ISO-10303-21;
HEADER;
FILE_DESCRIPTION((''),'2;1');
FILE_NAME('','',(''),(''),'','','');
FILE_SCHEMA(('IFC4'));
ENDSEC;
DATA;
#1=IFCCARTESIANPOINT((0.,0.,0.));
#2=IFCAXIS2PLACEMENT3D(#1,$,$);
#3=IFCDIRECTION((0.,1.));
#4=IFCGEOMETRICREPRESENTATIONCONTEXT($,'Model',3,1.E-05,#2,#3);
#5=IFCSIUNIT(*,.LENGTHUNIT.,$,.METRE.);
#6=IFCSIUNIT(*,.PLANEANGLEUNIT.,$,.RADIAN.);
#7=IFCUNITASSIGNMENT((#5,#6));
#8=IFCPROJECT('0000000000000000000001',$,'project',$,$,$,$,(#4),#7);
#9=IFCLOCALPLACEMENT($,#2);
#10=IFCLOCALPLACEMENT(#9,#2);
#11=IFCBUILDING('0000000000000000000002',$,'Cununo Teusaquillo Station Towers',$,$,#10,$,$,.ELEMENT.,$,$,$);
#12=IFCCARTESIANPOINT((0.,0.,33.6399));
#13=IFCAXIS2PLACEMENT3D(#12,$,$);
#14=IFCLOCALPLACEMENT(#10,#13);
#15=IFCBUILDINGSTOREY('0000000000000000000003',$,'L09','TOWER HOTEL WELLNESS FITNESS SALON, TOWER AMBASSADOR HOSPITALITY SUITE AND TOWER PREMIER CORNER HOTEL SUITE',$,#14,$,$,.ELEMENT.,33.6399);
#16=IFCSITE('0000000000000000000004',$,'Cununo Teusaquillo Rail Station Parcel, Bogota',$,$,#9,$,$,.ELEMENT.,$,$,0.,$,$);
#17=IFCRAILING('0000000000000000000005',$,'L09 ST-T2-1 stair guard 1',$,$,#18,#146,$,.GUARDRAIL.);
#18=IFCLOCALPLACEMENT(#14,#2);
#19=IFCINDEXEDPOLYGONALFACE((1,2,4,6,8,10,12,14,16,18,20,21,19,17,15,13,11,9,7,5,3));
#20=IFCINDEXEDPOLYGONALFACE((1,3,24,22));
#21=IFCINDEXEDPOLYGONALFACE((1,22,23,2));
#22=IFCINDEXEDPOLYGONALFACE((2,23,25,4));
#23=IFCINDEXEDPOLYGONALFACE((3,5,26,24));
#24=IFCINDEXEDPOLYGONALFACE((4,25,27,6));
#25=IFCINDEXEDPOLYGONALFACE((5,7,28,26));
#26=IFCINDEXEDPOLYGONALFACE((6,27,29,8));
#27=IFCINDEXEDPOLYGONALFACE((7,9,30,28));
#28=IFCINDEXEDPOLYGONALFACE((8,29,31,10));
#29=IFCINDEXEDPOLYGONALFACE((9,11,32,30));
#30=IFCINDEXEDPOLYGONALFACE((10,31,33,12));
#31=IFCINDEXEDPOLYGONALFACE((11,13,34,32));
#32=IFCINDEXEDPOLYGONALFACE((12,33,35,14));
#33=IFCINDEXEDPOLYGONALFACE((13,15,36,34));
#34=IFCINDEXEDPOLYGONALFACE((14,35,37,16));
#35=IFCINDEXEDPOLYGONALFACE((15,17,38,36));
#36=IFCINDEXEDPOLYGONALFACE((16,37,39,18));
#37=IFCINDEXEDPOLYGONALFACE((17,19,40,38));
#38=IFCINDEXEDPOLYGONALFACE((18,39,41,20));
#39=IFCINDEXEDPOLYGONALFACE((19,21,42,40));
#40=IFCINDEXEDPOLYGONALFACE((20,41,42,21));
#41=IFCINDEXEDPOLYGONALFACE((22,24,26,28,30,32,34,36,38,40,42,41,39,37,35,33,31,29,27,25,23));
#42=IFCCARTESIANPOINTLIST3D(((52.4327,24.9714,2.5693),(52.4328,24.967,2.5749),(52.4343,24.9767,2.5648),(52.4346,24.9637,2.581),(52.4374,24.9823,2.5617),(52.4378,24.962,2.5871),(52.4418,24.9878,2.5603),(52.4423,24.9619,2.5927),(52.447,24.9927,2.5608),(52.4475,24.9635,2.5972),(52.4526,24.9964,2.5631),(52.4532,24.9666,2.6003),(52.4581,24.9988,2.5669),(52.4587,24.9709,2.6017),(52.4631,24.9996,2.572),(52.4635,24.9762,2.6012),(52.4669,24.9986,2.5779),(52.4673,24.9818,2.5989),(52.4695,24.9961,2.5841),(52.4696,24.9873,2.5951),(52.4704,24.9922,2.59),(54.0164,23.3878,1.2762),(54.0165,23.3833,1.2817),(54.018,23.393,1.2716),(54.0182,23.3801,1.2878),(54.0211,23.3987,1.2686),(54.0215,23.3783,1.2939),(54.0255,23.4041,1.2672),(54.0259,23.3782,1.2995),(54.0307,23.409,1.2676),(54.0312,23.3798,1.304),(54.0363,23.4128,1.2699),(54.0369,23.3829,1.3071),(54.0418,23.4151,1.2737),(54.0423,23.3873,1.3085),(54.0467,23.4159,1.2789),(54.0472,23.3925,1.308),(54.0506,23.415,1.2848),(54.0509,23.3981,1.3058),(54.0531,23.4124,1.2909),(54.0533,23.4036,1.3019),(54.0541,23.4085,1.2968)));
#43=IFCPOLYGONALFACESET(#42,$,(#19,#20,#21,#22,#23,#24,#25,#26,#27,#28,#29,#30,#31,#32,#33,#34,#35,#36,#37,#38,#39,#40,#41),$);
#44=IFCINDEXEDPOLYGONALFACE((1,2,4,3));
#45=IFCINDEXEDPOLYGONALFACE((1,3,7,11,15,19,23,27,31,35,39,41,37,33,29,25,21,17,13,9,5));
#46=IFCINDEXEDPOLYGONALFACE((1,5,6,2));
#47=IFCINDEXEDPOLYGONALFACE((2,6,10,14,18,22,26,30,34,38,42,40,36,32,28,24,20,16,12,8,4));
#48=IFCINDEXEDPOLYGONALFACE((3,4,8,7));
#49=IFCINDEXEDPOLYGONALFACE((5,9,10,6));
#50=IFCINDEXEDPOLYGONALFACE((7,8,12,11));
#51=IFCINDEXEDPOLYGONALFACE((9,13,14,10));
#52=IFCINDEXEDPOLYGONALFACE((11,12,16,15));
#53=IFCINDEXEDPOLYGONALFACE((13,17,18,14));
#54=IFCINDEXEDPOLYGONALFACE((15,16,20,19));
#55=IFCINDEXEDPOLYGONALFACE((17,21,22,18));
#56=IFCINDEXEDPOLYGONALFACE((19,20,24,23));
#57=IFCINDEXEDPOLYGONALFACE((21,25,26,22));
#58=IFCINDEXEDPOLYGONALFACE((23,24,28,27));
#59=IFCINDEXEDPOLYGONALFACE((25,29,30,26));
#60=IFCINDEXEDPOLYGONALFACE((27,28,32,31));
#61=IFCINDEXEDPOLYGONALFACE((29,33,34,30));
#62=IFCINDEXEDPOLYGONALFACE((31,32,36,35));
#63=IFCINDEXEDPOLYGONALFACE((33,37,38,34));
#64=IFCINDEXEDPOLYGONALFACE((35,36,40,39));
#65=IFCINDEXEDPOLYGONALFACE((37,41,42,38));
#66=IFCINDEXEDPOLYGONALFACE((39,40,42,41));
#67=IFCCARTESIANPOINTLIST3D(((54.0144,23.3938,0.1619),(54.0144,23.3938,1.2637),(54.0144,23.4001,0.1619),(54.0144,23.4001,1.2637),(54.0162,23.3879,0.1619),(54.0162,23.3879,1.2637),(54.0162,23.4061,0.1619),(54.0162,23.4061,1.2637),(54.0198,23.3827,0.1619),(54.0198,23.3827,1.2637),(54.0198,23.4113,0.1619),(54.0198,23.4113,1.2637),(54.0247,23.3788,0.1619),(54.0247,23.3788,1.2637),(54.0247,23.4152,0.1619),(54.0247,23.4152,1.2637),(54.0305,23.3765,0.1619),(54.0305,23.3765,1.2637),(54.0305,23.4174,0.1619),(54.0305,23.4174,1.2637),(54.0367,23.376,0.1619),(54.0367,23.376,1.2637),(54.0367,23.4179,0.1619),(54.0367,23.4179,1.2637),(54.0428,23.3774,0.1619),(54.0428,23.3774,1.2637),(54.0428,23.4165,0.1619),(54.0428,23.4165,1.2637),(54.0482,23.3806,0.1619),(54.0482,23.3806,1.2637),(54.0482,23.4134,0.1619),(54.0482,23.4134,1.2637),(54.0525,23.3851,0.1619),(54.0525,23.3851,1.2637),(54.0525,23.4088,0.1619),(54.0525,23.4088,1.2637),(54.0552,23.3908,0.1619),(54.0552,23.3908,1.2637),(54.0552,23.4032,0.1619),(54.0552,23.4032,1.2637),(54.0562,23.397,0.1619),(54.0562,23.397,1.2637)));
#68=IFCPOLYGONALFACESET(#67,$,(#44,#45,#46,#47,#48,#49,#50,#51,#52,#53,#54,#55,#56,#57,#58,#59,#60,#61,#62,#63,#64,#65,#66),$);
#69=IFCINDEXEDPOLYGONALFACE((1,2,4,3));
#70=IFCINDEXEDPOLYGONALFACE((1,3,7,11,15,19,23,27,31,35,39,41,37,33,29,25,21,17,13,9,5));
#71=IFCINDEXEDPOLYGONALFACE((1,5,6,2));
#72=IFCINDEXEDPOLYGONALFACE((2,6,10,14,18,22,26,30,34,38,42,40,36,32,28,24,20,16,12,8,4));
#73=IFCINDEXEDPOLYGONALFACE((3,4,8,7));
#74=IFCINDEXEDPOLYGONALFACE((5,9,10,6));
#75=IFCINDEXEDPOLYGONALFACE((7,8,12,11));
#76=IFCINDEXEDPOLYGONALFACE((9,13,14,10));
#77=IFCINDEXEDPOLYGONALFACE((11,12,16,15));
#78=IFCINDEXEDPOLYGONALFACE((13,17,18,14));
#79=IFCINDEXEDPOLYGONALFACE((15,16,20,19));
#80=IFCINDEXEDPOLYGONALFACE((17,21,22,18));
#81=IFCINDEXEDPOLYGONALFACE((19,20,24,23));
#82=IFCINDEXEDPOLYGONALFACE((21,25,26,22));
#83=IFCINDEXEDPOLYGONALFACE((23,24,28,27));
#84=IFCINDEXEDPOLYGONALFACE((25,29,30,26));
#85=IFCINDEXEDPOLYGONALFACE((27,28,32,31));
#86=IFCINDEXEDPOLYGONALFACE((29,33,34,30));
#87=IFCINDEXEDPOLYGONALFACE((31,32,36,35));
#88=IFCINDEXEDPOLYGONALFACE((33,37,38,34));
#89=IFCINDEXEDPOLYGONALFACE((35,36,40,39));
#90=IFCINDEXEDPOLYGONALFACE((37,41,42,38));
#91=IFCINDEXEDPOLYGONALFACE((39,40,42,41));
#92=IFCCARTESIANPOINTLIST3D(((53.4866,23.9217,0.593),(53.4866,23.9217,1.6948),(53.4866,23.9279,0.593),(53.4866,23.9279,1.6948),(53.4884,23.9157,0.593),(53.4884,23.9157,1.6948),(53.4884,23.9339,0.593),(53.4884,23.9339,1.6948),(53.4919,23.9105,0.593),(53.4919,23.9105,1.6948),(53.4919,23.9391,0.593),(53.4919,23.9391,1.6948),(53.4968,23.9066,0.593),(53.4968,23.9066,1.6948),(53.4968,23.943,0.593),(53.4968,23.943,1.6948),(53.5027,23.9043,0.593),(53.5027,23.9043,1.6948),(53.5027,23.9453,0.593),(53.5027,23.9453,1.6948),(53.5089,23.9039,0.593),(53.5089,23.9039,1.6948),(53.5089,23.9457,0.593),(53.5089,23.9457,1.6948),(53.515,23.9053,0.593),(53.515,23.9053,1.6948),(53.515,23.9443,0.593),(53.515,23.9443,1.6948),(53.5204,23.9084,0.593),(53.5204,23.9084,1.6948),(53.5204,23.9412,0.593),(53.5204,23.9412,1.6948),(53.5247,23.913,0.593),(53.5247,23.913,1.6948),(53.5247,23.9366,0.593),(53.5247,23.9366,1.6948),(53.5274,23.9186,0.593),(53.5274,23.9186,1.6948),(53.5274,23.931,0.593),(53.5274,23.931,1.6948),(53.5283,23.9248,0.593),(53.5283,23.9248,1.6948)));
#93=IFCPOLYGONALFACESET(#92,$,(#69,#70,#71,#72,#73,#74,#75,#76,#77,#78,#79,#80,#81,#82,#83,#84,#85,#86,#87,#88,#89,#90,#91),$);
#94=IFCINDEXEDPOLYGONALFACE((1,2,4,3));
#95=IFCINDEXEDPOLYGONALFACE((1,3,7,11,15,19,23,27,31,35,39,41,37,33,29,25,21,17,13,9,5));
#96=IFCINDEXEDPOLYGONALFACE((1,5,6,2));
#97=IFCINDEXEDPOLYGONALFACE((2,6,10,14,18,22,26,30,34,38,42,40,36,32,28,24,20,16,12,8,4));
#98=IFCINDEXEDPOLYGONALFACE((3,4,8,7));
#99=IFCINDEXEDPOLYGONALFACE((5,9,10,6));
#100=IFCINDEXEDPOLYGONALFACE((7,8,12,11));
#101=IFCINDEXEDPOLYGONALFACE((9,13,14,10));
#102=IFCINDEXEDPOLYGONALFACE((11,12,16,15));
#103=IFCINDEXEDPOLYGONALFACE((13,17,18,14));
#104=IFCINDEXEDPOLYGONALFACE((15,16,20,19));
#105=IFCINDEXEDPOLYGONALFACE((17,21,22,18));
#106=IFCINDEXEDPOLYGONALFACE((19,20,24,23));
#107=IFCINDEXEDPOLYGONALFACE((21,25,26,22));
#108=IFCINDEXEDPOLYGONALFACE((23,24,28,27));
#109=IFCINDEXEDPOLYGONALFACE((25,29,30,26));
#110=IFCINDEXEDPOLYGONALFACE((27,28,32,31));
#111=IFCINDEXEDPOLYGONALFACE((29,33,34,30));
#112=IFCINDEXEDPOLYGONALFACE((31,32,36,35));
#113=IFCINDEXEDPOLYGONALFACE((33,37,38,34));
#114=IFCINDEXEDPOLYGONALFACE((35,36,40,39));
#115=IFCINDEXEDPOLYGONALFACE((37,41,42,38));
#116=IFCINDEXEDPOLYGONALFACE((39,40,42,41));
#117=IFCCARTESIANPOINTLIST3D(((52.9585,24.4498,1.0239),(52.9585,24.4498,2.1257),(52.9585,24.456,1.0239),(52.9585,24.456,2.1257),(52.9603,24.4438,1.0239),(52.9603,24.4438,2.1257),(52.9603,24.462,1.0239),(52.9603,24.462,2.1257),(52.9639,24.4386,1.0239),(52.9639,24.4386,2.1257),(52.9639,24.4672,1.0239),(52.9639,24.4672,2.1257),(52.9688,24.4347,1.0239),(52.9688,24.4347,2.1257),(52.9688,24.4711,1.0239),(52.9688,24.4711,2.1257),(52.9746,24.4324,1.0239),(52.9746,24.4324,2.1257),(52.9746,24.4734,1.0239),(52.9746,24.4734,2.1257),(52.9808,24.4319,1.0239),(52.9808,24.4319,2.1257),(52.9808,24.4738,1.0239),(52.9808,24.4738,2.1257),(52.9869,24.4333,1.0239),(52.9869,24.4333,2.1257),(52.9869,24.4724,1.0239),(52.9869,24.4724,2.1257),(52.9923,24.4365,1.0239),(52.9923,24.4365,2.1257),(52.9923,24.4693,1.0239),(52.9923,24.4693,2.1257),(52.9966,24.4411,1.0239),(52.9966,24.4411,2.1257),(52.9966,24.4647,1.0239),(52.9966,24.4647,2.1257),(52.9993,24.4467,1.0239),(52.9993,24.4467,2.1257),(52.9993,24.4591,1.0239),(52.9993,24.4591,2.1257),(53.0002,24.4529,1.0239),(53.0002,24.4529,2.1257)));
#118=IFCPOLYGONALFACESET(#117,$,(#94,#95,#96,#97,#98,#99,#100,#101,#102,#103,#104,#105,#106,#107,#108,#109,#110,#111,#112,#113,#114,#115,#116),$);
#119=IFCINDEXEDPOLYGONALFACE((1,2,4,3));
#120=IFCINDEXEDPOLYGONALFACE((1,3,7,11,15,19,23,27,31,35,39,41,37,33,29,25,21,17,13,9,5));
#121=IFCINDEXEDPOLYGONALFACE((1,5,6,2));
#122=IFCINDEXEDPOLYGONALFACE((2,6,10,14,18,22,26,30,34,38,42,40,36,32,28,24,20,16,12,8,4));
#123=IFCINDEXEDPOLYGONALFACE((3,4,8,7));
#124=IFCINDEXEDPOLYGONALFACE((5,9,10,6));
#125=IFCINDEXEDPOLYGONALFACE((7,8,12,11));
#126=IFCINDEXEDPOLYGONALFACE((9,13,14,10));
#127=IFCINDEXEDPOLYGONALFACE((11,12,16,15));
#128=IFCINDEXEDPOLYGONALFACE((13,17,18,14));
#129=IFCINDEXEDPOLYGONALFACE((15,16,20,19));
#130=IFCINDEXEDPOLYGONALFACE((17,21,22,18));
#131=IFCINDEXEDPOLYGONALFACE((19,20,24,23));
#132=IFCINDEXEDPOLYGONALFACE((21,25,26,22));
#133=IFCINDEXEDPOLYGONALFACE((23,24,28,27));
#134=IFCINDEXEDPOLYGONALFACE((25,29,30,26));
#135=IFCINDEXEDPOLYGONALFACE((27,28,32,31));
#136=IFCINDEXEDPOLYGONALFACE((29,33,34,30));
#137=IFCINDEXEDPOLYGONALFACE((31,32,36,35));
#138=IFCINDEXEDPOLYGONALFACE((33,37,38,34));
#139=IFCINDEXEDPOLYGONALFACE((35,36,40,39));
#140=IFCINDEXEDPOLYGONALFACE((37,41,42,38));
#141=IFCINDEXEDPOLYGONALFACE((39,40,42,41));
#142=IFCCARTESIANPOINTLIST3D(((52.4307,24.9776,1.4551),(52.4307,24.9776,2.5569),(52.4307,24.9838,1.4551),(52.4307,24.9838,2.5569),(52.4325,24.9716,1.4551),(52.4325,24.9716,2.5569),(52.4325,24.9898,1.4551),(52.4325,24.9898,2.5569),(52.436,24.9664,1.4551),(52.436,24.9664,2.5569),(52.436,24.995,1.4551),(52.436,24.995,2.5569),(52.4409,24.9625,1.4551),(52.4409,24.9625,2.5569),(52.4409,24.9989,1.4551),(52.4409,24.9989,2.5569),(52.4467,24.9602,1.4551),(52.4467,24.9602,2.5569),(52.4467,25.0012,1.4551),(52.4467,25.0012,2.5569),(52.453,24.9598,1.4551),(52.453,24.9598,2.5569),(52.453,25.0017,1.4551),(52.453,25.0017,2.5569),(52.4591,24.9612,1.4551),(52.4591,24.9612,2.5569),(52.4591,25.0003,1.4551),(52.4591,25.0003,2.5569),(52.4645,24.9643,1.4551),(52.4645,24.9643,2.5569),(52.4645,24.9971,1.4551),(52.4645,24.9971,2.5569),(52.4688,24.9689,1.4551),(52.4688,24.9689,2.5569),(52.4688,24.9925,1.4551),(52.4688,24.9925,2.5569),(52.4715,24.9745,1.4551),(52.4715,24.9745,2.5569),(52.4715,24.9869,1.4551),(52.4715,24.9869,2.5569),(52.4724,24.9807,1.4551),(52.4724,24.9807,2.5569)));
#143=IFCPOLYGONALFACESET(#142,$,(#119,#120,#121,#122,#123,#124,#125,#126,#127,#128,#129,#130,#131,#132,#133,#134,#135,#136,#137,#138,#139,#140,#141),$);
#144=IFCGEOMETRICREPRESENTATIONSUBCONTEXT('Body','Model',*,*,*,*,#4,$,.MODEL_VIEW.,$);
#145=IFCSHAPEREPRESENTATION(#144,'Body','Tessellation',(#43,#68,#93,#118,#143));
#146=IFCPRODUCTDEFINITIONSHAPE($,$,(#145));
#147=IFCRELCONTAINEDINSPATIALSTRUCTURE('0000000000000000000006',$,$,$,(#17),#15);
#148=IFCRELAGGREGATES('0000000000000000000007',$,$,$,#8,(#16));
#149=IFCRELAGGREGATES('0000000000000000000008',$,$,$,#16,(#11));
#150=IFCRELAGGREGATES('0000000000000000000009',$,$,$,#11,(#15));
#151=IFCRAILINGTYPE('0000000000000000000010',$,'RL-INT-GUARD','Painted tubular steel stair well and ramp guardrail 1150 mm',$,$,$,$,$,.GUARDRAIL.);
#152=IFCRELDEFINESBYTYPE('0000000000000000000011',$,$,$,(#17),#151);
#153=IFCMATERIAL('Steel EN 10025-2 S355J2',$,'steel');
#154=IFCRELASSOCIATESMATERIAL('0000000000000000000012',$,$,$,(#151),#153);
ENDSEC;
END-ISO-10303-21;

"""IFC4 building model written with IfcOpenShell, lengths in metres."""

from ifc_helpers import new_model, si_unit, direction, frame, origin, origin_2d, place, context, subcontext, project, spatial, circle, extrude, material, type_object, element, save


model = new_model("IFC4")

# Units and contexts
model_context = context("Model", 3, precision=1e-05, world=origin(), true_north=direction((0.0, 1.0)))
body_context = subcontext(model_context, "Body", "Model", "MODEL_VIEW")
ifc_project = project(units=[si_unit("LENGTHUNIT", "METRE"), si_unit("PLANEANGLEUNIT", "RADIAN")], contexts=[model_context])

# Site, building, storey
site_placement = place(None, origin())
site = spatial("IfcSite", under=ifc_project, at=site_placement, Name="Cununo Teusaquillo Rail Station Parcel, Bogota", CompositionType="ELEMENT", RefElevation=0.0)
building_placement = place(site_placement, origin())
building = spatial("IfcBuilding", under=site, at=building_placement, Name="Cununo Teusaquillo Station Towers", CompositionType="ELEMENT")
storey_placement = place(building_placement, frame((0.0, 0.0, 33.6399)))
storey = spatial("IfcBuildingStorey", under=building, at=storey_placement, Name="L09", Description="TOWER HOTEL WELLNESS FITNESS SALON, TOWER AMBASSADOR HOSPITALITY SUITE AND TOWER PREMIER CORNER HOTEL SUITE", CompositionType="ELEMENT", Elevation=33.6399)

# Railing
ifc_material_1 = material(Name="Steel EN 10025-2 S355J2", Category="steel")
railing_type_1 = type_object("IfcRailingType", Name="RL-INT-GUARD", Description="Painted tubular steel stair well and ramp guardrail 1150 mm", PredefinedType="GUARDRAIL", material=ifc_material_1)
railing_1_placement = place(storey_placement, frame((54.0352, 23.397, 0.1619)))
element("IfcRailing", 1, at=railing_1_placement, inside=storey, type_object=railing_type_1, Name="L09 ST-T2-1 stair guard 1", PredefinedType="GUARDRAIL", context=body_context, shape_type="SweptSolid", body=[
    extrude(circle(Radius=0.0239, at=origin_2d()), frame((0.0, 0.0, 1.126), z_axis=(-0.612361, 0.612361, 0.500027), x_axis=(-0.707107, -0.707107, 0.0)), (0.0, 0.0, 1.0), 2.5862),
    extrude(circle(Radius=0.021, at=origin_2d()), origin(), (0.0, 0.0, 1.0), 1.1018),
    extrude(circle(Radius=0.021, at=origin_2d()), frame((-0.5278, 0.5278, 0.4312)), (0.0, 0.0, 1.0), 1.1018),
    extrude(circle(Radius=0.021, at=origin_2d()), frame((-1.0559, 1.0559, 0.8621)), (0.0, 0.0, 1.0), 1.1018),
    extrude(circle(Radius=0.021, at=origin_2d()), frame((-1.5837, 1.5837, 1.2932)), (0.0, 0.0, 1.0), 1.1018),
])

save(model, "model.ifc")
